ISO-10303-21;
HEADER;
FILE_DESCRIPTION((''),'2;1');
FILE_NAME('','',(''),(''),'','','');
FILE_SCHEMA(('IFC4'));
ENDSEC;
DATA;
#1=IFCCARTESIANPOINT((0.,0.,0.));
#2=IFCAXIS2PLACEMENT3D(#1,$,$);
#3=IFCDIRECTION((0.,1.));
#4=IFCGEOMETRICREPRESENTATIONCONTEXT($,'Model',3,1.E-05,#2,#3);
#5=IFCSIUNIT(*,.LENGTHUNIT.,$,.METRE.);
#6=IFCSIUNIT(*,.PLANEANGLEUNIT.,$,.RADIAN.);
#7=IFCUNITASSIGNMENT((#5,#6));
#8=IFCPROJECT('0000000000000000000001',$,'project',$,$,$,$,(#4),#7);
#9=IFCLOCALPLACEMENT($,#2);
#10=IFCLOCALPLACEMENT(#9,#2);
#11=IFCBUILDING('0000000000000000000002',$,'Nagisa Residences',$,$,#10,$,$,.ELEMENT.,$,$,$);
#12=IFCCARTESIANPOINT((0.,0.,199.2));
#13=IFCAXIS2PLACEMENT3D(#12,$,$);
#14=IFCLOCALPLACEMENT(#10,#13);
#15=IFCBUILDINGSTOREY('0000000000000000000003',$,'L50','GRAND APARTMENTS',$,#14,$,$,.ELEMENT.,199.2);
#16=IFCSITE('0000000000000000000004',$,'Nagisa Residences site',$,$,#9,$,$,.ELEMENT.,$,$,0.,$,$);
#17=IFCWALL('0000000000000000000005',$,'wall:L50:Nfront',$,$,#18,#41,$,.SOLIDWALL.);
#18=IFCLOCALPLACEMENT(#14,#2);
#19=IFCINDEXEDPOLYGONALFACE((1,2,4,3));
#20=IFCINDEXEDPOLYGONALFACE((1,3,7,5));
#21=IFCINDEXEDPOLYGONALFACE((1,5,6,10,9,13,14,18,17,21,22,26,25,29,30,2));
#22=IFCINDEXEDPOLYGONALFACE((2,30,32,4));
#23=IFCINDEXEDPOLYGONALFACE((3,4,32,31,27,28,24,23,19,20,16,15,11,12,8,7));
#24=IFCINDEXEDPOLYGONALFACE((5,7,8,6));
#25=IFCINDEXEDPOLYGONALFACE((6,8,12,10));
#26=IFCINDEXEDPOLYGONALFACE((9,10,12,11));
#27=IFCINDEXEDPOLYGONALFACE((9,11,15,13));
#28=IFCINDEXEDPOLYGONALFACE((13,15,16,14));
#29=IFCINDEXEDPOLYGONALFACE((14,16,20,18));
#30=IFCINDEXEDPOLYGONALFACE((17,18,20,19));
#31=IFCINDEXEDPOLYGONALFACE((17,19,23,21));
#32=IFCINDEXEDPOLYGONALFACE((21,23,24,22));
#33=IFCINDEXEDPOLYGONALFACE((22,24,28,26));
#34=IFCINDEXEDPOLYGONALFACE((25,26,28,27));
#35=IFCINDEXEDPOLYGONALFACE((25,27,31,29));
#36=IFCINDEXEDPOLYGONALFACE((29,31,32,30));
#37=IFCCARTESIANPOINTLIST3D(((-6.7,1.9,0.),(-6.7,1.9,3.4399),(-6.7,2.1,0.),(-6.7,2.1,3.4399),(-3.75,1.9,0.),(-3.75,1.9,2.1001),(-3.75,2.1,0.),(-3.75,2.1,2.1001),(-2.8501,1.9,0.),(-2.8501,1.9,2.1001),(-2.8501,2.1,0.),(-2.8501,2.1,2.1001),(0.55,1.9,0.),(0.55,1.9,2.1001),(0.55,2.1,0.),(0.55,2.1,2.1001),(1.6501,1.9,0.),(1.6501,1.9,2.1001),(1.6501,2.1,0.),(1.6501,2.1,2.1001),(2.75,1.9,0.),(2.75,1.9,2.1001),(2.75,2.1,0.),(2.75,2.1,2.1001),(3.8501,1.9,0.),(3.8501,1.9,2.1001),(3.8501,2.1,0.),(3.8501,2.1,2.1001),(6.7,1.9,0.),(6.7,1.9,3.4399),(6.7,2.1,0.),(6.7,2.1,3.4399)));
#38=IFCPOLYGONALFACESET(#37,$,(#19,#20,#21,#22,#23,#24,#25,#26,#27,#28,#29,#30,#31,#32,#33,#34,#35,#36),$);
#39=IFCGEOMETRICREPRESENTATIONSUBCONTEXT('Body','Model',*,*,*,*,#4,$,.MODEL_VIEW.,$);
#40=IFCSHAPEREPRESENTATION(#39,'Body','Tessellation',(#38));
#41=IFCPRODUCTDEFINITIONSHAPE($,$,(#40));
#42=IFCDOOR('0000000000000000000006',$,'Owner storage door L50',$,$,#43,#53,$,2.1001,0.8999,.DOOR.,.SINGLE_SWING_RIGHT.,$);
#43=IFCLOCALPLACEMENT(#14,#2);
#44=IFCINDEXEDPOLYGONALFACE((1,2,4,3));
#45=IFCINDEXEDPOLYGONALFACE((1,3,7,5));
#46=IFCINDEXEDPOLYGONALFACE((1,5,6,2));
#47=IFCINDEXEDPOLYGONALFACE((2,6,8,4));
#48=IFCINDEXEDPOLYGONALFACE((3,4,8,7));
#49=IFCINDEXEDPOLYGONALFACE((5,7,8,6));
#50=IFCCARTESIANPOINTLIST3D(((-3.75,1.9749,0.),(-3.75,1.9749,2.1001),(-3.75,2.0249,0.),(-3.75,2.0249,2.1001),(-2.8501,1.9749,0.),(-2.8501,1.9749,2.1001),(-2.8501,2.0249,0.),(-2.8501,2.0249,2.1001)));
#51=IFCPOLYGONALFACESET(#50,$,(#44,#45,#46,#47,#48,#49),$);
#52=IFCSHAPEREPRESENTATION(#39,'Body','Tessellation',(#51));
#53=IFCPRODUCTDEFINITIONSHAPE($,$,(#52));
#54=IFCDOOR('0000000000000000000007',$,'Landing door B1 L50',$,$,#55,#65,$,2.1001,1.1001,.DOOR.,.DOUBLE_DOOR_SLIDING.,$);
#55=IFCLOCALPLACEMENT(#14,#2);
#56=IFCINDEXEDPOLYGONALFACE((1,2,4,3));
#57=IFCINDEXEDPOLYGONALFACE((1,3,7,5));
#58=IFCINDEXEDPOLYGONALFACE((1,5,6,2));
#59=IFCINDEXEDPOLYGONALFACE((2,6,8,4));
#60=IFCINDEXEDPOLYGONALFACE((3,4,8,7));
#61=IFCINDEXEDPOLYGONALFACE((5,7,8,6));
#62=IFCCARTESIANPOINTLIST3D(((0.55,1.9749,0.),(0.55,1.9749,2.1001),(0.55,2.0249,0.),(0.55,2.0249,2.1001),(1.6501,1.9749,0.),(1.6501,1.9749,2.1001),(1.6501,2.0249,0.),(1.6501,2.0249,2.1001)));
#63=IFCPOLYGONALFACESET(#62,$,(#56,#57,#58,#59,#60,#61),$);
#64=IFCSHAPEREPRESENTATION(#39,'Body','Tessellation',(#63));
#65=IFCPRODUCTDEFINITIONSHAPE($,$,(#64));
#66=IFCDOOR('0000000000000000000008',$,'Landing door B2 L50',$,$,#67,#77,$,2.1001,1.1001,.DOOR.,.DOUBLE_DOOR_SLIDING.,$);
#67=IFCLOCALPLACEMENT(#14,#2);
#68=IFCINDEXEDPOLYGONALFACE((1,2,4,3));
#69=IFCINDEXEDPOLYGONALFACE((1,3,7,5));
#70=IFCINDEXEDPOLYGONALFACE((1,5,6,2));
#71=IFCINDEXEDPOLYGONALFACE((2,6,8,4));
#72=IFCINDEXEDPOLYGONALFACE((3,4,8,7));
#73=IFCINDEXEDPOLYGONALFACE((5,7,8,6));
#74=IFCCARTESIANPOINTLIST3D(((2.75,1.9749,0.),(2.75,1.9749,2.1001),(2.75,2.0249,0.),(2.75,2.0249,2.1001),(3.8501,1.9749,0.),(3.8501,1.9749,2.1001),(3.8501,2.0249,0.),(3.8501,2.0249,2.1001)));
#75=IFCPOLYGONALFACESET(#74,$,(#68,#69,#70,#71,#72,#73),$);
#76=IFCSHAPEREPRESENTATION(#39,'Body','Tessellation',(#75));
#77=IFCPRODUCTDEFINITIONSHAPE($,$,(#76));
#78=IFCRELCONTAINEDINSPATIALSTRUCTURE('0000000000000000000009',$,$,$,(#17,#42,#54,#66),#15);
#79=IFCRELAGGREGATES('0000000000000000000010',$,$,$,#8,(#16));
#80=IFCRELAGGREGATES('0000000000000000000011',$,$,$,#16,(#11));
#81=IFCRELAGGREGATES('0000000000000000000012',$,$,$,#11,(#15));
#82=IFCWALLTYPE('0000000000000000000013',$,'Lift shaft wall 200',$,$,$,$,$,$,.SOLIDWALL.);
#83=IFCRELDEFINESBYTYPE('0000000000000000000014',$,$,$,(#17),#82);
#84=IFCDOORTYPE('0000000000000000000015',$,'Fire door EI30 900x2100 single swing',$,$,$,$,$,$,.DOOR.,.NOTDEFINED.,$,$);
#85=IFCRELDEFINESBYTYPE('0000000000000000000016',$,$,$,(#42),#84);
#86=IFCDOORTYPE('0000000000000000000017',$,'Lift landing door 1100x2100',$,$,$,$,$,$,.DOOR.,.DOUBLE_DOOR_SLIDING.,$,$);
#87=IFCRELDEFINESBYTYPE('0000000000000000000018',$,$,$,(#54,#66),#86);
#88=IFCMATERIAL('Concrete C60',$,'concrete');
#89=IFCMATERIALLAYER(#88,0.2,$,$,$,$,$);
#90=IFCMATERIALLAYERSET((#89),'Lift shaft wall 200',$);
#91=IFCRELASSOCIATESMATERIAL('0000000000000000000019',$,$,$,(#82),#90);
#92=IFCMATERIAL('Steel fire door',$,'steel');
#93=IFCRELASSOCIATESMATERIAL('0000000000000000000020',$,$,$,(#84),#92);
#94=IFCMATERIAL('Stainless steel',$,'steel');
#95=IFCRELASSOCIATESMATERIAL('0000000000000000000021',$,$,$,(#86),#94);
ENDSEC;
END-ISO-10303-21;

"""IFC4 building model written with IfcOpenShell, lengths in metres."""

from ifc_helpers import new_model, si_unit, direction, frame, frame_2d, origin, place, context, subcontext, project, spatial, rectangle, extrude, material, layer, layer_set, type_object, element, fill, save


model = new_model("IFC4")

# Units and contexts
model_context = context("Model", 3, precision=1e-05, world=origin(), true_north=direction((0.0, 1.0)))
body_context = subcontext(model_context, "Body", "Model", "MODEL_VIEW")
ifc_project = project(units=[si_unit("LENGTHUNIT", "METRE"), si_unit("PLANEANGLEUNIT", "RADIAN")], contexts=[model_context])

# Site, building, storey
site_placement = place(None, origin())
site = spatial("IfcSite", under=ifc_project, at=site_placement, Name="Nagisa Residences site", CompositionType="ELEMENT", RefElevation=0.0)
building_placement = place(site_placement, origin())
building = spatial("IfcBuilding", under=site, at=building_placement, Name="Nagisa Residences", CompositionType="ELEMENT")
storey_placement = place(building_placement, frame((0.0, 0.0, 199.2)))
storey = spatial("IfcBuildingStorey", under=building, at=storey_placement, Name="L50", Description="GRAND APARTMENTS", CompositionType="ELEMENT", Elevation=199.2)

# Wall, openings, doors
ifc_material_1 = material(Name="Concrete C60", Category="concrete")
ifc_layer_1 = layer(ifc_material_1, 0.2)
ifc_layer_set_1 = layer_set([ifc_layer_1], Name="Lift shaft wall 200")
wall_type_1 = type_object("IfcWallType", Name="Lift shaft wall 200", PredefinedType="SOLIDWALL", material=ifc_layer_set_1)
wall_1_placement = place(storey_placement, frame((-6.7, 2.0, 0.0), z_axis=(0.0, 0.0, 1.0), x_axis=(1.0, 0.0, 0.0)))
wall_1 = element("IfcWall", 1, at=wall_1_placement, inside=storey, type_object=wall_type_1, Name="wall:L50:Nfront", PredefinedType="SOLIDWALL", context=body_context, shape_type="SweptSolid", body=[
    extrude(rectangle(XDim=13.3999, YDim=0.2, at=frame_2d((6.7, 0.0))), origin(), (0.0, 0.0, 1.0), 3.4399),
])
opening_1_placement = place(wall_1_placement, frame((7.25, 0.0, 0.0)))
opening_1 = element("IfcOpeningElement", 2, at=opening_1_placement, cuts=wall_1, PredefinedType="OPENING", context=body_context, shape_type="SweptSolid", body=[
    extrude(rectangle(XDim=1.1001, YDim=2.1001, at=frame_2d((0.55, 1.05))), frame((0.0, 0.1099, 0.0), z_axis=(0.0, -1.0, 0.0), x_axis=(1.0, 0.0, 0.0)), (0.0, 0.0, 1.0), 0.22),
])
opening_2_placement = place(wall_1_placement, frame((9.45, 0.0, 0.0)))
opening_2 = element("IfcOpeningElement", 3, at=opening_2_placement, cuts=wall_1, PredefinedType="OPENING", context=body_context, shape_type="SweptSolid", body=[
    extrude(rectangle(XDim=1.1001, YDim=2.1001, at=frame_2d((0.55, 1.05))), frame((0.0, 0.1099, 0.0), z_axis=(0.0, -1.0, 0.0), x_axis=(1.0, 0.0, 0.0)), (0.0, 0.0, 1.0), 0.22),
])
opening_3_placement = place(wall_1_placement, frame((2.95, 0.0, 0.0)))
opening_3 = element("IfcOpeningElement", 4, at=opening_3_placement, cuts=wall_1, PredefinedType="OPENING", context=body_context, shape_type="SweptSolid", body=[
    extrude(rectangle(XDim=0.8999, YDim=2.1001, at=frame_2d((0.45, 1.05))), frame((0.0, 0.1099, 0.0), z_axis=(0.0, -1.0, 0.0), x_axis=(1.0, 0.0, 0.0)), (0.0, 0.0, 1.0), 0.22),
])
ifc_material_2 = material(Name="Steel fire door", Category="steel")
door_type_1 = type_object("IfcDoorType", Name="Fire door EI30 900x2100 single swing", OperationType="NOTDEFINED", PredefinedType="DOOR", material=ifc_material_2)
door_1_placement = place(opening_3_placement, origin())
door_1 = element("IfcDoor", 5, at=door_1_placement, inside=storey, type_object=door_type_1, Name="Owner storage door L50", OperationType="SINGLE_SWING_RIGHT", OverallHeight=2.1001, OverallWidth=0.8999, PredefinedType="DOOR", context=body_context, shape_type="SweptSolid", body=[
    extrude(rectangle(XDim=0.8999, YDim=2.1001, at=frame_2d((0.45, 1.05))), frame((0.0, 0.0249, 0.0), z_axis=(0.0, -1.0, 0.0), x_axis=(1.0, 0.0, 0.0)), (0.0, 0.0, 1.0), 0.05),
])
fill(opening_3, door_1)
ifc_material_3 = material(Name="Stainless steel", Category="steel")
door_type_2 = type_object("IfcDoorType", Name="Lift landing door 1100x2100", OperationType="DOUBLE_DOOR_SLIDING", PredefinedType="DOOR", material=ifc_material_3)
door_2_placement = place(opening_1_placement, origin())
door_2 = element("IfcDoor", 6, at=door_2_placement, inside=storey, type_object=door_type_2, Name="Landing door B1 L50", OperationType="DOUBLE_DOOR_SLIDING", OverallHeight=2.1001, OverallWidth=1.1001, PredefinedType="DOOR", context=body_context, shape_type="SweptSolid", body=[
    extrude(rectangle(XDim=1.1001, YDim=2.1001, at=frame_2d((0.55, 1.05))), frame((0.0, 0.0249, 0.0), z_axis=(0.0, -1.0, 0.0), x_axis=(1.0, 0.0, 0.0)), (0.0, 0.0, 1.0), 0.05),
])
fill(opening_1, door_2)
door_3_placement = place(opening_2_placement, origin())
door_3 = element("IfcDoor", 7, at=door_3_placement, inside=storey, type_object=door_type_2, Name="Landing door B2 L50", OperationType="DOUBLE_DOOR_SLIDING", OverallHeight=2.1001, OverallWidth=1.1001, PredefinedType="DOOR", context=body_context, shape_type="SweptSolid", body=[
    extrude(rectangle(XDim=1.1001, YDim=2.1001, at=frame_2d((0.55, 1.05))), frame((0.0, 0.0249, 0.0), z_axis=(0.0, -1.0, 0.0), x_axis=(1.0, 0.0, 0.0)), (0.0, 0.0, 1.0), 0.05),
])
fill(opening_2, door_3)

save(model, "model.ifc")
